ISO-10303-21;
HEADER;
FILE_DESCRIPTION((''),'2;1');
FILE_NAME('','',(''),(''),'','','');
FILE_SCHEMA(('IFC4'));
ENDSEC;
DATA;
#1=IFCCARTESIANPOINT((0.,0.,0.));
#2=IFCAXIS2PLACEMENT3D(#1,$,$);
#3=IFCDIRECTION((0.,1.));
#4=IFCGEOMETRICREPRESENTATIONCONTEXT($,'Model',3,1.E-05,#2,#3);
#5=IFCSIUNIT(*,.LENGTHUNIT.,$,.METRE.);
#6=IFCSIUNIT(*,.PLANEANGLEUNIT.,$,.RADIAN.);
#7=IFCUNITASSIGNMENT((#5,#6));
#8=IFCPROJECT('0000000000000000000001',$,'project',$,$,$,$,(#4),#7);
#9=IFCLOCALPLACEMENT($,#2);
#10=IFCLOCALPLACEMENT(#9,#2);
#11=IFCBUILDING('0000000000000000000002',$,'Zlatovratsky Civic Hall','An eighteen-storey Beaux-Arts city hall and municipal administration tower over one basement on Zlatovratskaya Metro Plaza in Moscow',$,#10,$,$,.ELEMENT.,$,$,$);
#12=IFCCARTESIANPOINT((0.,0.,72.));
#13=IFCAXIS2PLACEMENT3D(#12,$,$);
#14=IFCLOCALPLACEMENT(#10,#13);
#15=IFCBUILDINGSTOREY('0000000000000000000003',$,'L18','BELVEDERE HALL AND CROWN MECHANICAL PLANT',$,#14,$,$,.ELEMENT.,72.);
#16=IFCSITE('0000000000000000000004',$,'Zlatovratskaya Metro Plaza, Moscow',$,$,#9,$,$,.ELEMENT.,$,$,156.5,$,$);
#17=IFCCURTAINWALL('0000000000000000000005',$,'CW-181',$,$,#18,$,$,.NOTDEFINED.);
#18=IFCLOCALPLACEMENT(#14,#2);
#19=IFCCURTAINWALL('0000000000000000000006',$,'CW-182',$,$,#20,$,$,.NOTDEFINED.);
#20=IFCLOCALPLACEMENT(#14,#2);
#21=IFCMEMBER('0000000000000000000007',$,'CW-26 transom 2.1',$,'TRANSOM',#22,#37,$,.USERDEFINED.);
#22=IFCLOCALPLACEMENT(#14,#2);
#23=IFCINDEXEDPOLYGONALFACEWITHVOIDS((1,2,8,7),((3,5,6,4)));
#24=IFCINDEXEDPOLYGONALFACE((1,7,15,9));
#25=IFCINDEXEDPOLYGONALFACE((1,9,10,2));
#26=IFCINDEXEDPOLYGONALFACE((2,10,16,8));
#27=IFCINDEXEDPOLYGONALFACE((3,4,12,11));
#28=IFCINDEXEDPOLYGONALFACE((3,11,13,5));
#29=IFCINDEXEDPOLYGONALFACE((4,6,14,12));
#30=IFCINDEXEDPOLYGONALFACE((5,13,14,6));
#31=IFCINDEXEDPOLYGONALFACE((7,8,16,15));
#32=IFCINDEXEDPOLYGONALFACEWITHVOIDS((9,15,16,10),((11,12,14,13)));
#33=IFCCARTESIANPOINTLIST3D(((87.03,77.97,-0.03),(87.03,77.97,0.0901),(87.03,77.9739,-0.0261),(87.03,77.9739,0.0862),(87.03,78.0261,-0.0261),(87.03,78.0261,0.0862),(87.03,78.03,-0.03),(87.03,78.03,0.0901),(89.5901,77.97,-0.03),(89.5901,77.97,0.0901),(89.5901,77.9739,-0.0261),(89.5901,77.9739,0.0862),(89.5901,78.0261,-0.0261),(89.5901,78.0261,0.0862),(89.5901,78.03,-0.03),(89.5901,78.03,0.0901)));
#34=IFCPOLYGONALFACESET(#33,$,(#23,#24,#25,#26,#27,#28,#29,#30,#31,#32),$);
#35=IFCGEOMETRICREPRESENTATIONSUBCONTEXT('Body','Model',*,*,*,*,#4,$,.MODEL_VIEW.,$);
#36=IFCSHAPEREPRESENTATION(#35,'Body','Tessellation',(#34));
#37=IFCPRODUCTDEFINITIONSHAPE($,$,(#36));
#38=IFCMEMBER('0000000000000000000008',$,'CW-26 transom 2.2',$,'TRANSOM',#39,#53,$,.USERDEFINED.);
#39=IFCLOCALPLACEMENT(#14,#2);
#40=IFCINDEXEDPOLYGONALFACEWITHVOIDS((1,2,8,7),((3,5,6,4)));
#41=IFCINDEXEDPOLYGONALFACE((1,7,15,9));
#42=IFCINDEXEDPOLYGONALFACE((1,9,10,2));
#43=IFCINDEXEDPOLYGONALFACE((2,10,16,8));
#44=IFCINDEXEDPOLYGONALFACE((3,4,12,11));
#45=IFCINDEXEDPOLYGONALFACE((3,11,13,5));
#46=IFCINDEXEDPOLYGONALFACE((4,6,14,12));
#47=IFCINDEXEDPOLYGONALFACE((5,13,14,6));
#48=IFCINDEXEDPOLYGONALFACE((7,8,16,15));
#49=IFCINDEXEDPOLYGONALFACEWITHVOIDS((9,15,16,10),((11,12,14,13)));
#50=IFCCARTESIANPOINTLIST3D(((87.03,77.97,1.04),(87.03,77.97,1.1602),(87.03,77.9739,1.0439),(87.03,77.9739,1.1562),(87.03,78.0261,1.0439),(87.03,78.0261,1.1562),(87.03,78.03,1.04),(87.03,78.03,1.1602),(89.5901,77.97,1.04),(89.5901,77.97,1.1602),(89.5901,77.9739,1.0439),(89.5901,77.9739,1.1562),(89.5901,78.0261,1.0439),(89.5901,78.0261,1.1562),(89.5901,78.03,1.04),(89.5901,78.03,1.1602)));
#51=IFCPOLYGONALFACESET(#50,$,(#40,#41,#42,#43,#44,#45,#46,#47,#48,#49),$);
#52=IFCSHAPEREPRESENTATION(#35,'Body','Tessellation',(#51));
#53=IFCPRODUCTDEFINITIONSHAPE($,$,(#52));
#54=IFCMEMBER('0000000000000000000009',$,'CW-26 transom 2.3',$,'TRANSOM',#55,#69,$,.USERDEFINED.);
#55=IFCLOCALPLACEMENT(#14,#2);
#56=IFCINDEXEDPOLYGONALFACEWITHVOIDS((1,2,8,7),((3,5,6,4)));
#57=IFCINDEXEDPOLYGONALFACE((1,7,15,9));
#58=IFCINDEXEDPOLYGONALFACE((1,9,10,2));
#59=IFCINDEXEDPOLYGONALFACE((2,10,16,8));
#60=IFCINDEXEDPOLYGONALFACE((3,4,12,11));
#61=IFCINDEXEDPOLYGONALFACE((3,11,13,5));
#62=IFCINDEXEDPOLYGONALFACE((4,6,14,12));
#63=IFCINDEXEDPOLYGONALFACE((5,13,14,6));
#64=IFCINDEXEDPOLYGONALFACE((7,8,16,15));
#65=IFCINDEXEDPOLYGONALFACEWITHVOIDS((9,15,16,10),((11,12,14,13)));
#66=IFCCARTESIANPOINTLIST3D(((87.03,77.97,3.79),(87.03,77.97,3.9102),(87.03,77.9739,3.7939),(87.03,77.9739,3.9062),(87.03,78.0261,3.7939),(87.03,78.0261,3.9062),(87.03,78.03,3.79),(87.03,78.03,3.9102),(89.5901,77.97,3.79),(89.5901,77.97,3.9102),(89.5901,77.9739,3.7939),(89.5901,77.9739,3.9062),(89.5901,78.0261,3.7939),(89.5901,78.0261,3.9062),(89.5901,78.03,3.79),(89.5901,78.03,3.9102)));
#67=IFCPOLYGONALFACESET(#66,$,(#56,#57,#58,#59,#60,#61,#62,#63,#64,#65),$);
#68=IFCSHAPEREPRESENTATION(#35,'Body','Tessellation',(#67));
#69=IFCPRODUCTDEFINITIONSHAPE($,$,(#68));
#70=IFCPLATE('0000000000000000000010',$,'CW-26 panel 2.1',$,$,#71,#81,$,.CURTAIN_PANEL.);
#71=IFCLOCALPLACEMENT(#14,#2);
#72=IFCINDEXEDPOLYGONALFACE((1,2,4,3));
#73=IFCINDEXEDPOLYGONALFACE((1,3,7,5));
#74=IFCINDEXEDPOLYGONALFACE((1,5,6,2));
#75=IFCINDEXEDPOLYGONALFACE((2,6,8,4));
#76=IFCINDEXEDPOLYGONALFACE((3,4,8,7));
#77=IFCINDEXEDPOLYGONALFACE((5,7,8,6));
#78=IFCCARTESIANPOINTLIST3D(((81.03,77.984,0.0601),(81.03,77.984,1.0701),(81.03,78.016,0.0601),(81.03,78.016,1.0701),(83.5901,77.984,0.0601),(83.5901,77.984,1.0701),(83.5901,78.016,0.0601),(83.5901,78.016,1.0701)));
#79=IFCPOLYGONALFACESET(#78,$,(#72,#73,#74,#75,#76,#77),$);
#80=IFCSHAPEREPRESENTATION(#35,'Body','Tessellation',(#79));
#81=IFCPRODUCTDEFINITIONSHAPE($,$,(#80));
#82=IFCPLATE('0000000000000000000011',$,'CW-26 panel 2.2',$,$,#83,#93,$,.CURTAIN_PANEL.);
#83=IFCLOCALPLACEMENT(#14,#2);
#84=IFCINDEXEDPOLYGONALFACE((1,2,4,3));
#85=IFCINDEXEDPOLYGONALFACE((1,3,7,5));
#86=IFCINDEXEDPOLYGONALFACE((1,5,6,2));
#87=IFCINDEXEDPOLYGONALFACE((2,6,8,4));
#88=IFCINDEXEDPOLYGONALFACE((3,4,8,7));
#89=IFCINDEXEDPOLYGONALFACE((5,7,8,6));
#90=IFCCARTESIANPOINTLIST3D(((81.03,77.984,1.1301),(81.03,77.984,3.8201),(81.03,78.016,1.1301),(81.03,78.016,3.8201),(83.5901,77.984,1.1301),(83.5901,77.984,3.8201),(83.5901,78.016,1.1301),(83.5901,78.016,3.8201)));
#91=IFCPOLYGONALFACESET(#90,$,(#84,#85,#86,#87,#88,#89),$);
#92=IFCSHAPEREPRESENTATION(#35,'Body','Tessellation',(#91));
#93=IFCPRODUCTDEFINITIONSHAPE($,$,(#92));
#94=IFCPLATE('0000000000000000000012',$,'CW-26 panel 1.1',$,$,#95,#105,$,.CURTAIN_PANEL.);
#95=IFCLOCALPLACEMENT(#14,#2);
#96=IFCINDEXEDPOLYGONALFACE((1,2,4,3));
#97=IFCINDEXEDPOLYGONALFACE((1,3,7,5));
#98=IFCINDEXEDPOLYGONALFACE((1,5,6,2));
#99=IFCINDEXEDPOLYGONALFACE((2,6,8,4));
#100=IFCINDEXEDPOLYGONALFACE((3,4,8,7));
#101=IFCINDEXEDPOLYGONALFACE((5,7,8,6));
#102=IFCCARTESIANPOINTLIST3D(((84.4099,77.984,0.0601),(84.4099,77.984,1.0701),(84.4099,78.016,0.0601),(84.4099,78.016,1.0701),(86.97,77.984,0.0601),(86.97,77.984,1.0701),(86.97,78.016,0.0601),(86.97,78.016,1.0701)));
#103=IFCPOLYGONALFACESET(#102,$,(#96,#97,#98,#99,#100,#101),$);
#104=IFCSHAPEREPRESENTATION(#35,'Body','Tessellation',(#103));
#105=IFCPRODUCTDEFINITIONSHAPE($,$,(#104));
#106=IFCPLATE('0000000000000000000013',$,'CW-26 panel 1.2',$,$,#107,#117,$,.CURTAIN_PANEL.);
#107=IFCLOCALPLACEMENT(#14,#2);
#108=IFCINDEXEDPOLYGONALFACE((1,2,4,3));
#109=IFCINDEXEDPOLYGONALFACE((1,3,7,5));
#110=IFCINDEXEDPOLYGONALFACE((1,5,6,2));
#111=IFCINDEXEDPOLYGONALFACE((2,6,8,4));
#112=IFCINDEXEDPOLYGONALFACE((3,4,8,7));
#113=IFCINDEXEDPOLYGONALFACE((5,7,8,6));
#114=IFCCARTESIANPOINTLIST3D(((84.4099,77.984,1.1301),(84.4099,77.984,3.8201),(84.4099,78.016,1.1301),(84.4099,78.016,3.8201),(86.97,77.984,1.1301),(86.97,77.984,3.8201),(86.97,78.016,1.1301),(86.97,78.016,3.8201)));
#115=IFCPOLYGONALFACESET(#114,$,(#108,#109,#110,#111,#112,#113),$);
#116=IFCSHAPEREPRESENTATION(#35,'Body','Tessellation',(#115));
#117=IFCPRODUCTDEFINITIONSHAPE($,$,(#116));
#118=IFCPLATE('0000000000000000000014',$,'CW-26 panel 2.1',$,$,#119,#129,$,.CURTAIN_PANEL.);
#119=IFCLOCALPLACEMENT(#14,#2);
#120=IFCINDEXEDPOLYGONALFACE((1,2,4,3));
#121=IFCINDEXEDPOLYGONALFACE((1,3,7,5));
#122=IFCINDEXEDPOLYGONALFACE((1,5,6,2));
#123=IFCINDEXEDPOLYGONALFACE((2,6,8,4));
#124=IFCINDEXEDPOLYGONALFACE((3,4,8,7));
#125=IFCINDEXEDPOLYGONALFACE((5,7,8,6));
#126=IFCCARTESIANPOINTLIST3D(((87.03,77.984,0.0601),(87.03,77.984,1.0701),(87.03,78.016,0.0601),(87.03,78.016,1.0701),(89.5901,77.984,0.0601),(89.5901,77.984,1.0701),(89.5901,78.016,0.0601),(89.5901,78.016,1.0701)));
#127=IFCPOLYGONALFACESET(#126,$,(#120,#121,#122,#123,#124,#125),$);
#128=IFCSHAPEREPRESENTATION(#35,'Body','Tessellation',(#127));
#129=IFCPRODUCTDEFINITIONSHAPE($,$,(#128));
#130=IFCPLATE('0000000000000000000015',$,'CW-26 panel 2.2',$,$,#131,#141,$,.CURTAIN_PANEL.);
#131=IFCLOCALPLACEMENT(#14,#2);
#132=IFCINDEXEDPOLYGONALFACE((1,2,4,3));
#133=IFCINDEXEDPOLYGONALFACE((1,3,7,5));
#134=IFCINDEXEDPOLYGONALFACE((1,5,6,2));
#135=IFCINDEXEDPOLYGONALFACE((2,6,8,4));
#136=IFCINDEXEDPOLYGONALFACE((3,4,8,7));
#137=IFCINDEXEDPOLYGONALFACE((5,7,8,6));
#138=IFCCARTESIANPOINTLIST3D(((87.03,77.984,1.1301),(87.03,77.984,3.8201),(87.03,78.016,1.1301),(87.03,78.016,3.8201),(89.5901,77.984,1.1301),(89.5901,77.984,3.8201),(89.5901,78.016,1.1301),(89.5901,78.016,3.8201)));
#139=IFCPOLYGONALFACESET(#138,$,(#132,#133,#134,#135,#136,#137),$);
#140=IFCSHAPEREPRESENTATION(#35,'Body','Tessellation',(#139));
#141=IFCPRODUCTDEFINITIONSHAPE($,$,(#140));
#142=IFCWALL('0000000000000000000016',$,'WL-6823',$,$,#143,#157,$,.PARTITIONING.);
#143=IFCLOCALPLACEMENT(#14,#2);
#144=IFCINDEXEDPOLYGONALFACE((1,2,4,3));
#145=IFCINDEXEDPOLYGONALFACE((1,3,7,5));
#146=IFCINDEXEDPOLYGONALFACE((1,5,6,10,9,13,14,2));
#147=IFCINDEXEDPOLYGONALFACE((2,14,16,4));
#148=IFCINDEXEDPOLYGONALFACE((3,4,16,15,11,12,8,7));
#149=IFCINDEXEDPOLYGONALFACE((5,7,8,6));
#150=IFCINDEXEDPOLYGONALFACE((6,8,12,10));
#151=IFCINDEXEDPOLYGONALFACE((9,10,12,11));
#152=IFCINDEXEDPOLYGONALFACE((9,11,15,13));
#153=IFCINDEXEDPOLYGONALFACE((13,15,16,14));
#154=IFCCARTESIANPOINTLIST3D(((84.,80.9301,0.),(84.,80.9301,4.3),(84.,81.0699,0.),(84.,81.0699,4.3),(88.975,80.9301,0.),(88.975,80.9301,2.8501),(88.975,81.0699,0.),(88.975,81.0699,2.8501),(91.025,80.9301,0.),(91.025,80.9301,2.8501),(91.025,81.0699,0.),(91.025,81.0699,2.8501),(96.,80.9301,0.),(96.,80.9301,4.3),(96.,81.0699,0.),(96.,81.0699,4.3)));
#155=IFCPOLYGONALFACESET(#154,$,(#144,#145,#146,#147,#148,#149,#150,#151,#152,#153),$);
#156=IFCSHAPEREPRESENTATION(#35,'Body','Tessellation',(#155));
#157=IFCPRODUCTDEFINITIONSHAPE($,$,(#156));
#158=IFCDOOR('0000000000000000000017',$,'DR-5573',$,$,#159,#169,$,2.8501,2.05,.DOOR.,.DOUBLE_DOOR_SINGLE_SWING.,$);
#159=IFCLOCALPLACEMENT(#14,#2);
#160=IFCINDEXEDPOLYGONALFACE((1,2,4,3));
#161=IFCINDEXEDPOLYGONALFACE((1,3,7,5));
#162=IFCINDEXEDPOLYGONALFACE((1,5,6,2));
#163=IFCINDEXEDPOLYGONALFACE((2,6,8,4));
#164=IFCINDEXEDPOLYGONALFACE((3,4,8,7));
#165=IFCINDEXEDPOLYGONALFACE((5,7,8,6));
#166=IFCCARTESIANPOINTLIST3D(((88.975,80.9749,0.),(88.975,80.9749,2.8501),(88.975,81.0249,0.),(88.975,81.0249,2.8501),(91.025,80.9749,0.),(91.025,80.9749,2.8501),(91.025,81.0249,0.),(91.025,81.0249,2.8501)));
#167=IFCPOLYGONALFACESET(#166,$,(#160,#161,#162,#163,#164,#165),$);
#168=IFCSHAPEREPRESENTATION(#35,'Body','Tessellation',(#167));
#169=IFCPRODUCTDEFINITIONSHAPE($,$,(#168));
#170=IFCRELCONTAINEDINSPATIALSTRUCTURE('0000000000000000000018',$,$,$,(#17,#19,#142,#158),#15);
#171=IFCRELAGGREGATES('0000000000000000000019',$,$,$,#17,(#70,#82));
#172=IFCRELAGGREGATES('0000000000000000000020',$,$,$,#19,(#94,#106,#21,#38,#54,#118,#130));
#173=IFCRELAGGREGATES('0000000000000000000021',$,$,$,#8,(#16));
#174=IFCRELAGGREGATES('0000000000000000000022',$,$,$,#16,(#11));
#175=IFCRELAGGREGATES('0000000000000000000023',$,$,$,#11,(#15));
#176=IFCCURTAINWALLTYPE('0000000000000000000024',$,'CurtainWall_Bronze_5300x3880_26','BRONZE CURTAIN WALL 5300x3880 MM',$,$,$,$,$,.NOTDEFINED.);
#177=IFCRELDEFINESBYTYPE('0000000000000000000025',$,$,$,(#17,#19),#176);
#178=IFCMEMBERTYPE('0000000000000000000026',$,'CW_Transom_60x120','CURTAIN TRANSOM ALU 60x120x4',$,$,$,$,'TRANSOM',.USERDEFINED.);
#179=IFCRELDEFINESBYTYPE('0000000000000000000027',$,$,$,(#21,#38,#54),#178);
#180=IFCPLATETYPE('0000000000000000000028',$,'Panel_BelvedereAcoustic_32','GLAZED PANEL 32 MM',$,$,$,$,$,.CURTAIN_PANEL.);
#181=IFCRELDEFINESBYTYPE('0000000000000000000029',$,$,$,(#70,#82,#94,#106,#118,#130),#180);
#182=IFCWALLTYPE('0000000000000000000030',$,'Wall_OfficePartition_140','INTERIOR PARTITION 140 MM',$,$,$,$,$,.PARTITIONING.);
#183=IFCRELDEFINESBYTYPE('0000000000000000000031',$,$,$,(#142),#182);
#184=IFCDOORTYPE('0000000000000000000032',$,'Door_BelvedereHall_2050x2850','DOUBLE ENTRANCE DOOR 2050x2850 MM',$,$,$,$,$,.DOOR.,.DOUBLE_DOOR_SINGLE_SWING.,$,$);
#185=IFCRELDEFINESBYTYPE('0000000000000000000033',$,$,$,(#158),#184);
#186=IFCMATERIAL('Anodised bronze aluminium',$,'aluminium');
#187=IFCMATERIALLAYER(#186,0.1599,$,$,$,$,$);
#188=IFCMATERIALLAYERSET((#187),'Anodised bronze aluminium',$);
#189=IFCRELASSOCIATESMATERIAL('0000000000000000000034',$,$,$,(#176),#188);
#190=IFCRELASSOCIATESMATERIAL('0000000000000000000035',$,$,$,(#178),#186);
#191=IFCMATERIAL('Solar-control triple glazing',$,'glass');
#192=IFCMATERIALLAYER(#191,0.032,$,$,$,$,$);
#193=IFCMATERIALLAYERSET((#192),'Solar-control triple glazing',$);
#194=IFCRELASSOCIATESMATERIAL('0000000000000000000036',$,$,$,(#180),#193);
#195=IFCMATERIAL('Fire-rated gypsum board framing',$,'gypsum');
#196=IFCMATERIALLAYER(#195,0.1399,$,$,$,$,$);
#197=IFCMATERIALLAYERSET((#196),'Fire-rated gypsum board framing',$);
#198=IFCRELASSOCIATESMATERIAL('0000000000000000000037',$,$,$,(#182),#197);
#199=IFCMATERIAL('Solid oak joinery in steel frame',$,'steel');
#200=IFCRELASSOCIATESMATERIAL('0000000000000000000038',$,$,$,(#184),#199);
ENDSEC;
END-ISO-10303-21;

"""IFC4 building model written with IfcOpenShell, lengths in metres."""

from ifc_helpers import new_model, si_unit, direction, frame, frame_2d, origin, origin_2d, place, context, subcontext, project, spatial, rectangle, hollow_rectangle, extrude, material, layer, layer_set, material_profile, profile_set, type_object, element, fill, aggregate, save


model = new_model("IFC4")

# Units and contexts
model_context = context("Model", 3, precision=1e-05, world=origin(), true_north=direction((0.0, 1.0)))
body_context = subcontext(model_context, "Body", "Model", "MODEL_VIEW")
ifc_project = project(units=[si_unit("LENGTHUNIT", "METRE"), si_unit("PLANEANGLEUNIT", "RADIAN")], contexts=[model_context])

# Site, building, storey
site_placement = place(None, origin())
site = spatial("IfcSite", under=ifc_project, at=site_placement, Name="Zlatovratskaya Metro Plaza, Moscow", CompositionType="ELEMENT", RefElevation=156.5)
building_placement = place(site_placement, origin())
building = spatial("IfcBuilding", under=site, at=building_placement, Name="Zlatovratsky Civic Hall", Description="An eighteen-storey Beaux-Arts city hall and municipal administration tower over one basement on Zlatovratskaya Metro Plaza in Moscow", CompositionType="ELEMENT")
storey_placement = place(building_placement, frame((0.0, 0.0, 72.0)))
storey = spatial("IfcBuildingStorey", under=building, at=storey_placement, Name="L18", Description="BELVEDERE HALL AND CROWN MECHANICAL PLANT", CompositionType="ELEMENT", Elevation=72.0)

# Curtain wall
ifc_material_1 = material(Name="Anodised bronze aluminium", Category="aluminium")
ifc_layer_1 = layer(ifc_material_1, 0.1599)
ifc_layer_set_1 = layer_set([ifc_layer_1], Name="Anodised bronze aluminium")
curtain_wall_type = type_object("IfcCurtainWallType", Name="CurtainWall_Bronze_5300x3880_26", Description="BRONZE CURTAIN WALL 5300x3880 MM", PredefinedType="NOTDEFINED", material=ifc_layer_set_1)
curtain_wall_1_placement = place(storey_placement, origin())
curtain_wall_1 = element("IfcCurtainWall", 1, at=curtain_wall_1_placement, inside=storey, type_object=curtain_wall_type, Name="CW-181", PredefinedType="NOTDEFINED")

# Curtain wall
curtain_wall_2_placement = place(storey_placement, origin())
curtain_wall_2 = element("IfcCurtainWall", 2, at=curtain_wall_2_placement, inside=storey, type_object=curtain_wall_type, Name="CW-182", PredefinedType="NOTDEFINED")

# Members
ifc_material_profile_1 = material_profile(ifc_material_1, hollow_rectangle(XDim=0.0601, YDim=0.1201, WallThickness=0.0039, at=origin_2d()), Name="ALU 60x120x4")
ifc_profile_set_1 = profile_set([ifc_material_profile_1], Name="Anodised bronze aluminium")
member_type_1 = type_object("IfcMemberType", Name="CW_Transom_60x120", Description="CURTAIN TRANSOM ALU 60x120x4", ElementType="TRANSOM", PredefinedType="USERDEFINED", material=ifc_profile_set_1)
member_1_placement = place(storey_placement, frame((87.03, 78.0, 0.03), z_axis=(1.0, 0.0, 0.0), x_axis=(0.0, 1.0, 0.0)))
member_1 = element("IfcMember", 3, at=member_1_placement, type_object=member_type_1, Name="CW-26 transom 2.1", ObjectType="TRANSOM", PredefinedType="USERDEFINED", context=body_context, shape_type="SweptSolid", body=[
    extrude(hollow_rectangle(XDim=0.0601, YDim=0.1201, WallThickness=0.0039, at=origin_2d()), origin(), (0.0, 0.0, 1.0), 2.5601),
])
member_2_placement = place(storey_placement, frame((87.03, 78.0, 1.1001), z_axis=(1.0, 0.0, 0.0), x_axis=(0.0, 1.0, 0.0)))
member_2 = element("IfcMember", 4, at=member_2_placement, type_object=member_type_1, Name="CW-26 transom 2.2", ObjectType="TRANSOM", PredefinedType="USERDEFINED", context=body_context, shape_type="SweptSolid", body=[
    extrude(hollow_rectangle(XDim=0.0601, YDim=0.1201, WallThickness=0.0039, at=origin_2d()), origin(), (0.0, 0.0, 1.0), 2.5601),
])
member_3_placement = place(storey_placement, frame((87.03, 78.0, 3.8501), z_axis=(1.0, 0.0, 0.0), x_axis=(0.0, 1.0, 0.0)))
member_3 = element("IfcMember", 5, at=member_3_placement, type_object=member_type_1, Name="CW-26 transom 2.3", ObjectType="TRANSOM", PredefinedType="USERDEFINED", context=body_context, shape_type="SweptSolid", body=[
    extrude(hollow_rectangle(XDim=0.0601, YDim=0.1201, WallThickness=0.0039, at=origin_2d()), origin(), (0.0, 0.0, 1.0), 2.5601),
])

# Plates
ifc_material_2 = material(Name="Solar-control triple glazing", Category="glass")
ifc_layer_2 = layer(ifc_material_2, 0.032)
ifc_layer_set_2 = layer_set([ifc_layer_2], Name="Solar-control triple glazing")
plate_type = type_object("IfcPlateType", Name="Panel_BelvedereAcoustic_32", Description="GLAZED PANEL 32 MM", PredefinedType="CURTAIN_PANEL", material=ifc_layer_set_2)
plate_1_placement = place(storey_placement, frame((82.3101, 78.0, 0.0601), z_axis=(0.0, 0.0, 1.0), x_axis=(1.0, 0.0, 0.0)))
plate_1 = element("IfcPlate", 6, at=plate_1_placement, type_object=plate_type, Name="CW-26 panel 2.1", PredefinedType="CURTAIN_PANEL", context=body_context, shape_type="SweptSolid", body=[
    extrude(rectangle(XDim=2.5601, YDim=0.032, at=origin_2d()), origin(), (0.0, 0.0, 1.0), 1.01),
])
plate_2_placement = place(storey_placement, frame((82.3101, 78.0, 1.1301), z_axis=(0.0, 0.0, 1.0), x_axis=(1.0, 0.0, 0.0)))
plate_2 = element("IfcPlate", 7, at=plate_2_placement, type_object=plate_type, Name="CW-26 panel 2.2", PredefinedType="CURTAIN_PANEL", context=body_context, shape_type="SweptSolid", body=[
    extrude(rectangle(XDim=2.5601, YDim=0.032, at=origin_2d()), origin(), (0.0, 0.0, 1.0), 2.6899),
])
aggregate(curtain_wall_1, [plate_1, plate_2])
plate_3_placement = place(storey_placement, frame((85.6899, 78.0, 0.0601), z_axis=(0.0, 0.0, 1.0), x_axis=(1.0, 0.0, 0.0)))
plate_3 = element("IfcPlate", 8, at=plate_3_placement, type_object=plate_type, Name="CW-26 panel 1.1", PredefinedType="CURTAIN_PANEL", context=body_context, shape_type="SweptSolid", body=[
    extrude(rectangle(XDim=2.5601, YDim=0.032, at=origin_2d()), origin(), (0.0, 0.0, 1.0), 1.01),
])
plate_4_placement = place(storey_placement, frame((85.6899, 78.0, 1.1301), z_axis=(0.0, 0.0, 1.0), x_axis=(1.0, 0.0, 0.0)))
plate_4 = element("IfcPlate", 9, at=plate_4_placement, type_object=plate_type, Name="CW-26 panel 1.2", PredefinedType="CURTAIN_PANEL", context=body_context, shape_type="SweptSolid", body=[
    extrude(rectangle(XDim=2.5601, YDim=0.032, at=origin_2d()), origin(), (0.0, 0.0, 1.0), 2.6899),
])
plate_5_placement = place(storey_placement, frame((88.3101, 78.0, 0.0601), z_axis=(0.0, 0.0, 1.0), x_axis=(1.0, 0.0, 0.0)))
plate_5 = element("IfcPlate", 10, at=plate_5_placement, type_object=plate_type, Name="CW-26 panel 2.1", PredefinedType="CURTAIN_PANEL", context=body_context, shape_type="SweptSolid", body=[
    extrude(rectangle(XDim=2.5601, YDim=0.032, at=origin_2d()), origin(), (0.0, 0.0, 1.0), 1.01),
])
plate_6_placement = place(storey_placement, frame((88.3101, 78.0, 1.1301), z_axis=(0.0, 0.0, 1.0), x_axis=(1.0, 0.0, 0.0)))
plate_6 = element("IfcPlate", 11, at=plate_6_placement, type_object=plate_type, Name="CW-26 panel 2.2", PredefinedType="CURTAIN_PANEL", context=body_context, shape_type="SweptSolid", body=[
    extrude(rectangle(XDim=2.5601, YDim=0.032, at=origin_2d()), origin(), (0.0, 0.0, 1.0), 2.6899),
])
aggregate(curtain_wall_2, [plate_3, plate_4, member_1, member_2, member_3, plate_5, plate_6])

# Wall, opening, door
ifc_material_3 = material(Name="Fire-rated gypsum board framing", Category="gypsum")
ifc_layer_3 = layer(ifc_material_3, 0.1399)
ifc_layer_set_3 = layer_set([ifc_layer_3], Name="Fire-rated gypsum board framing")
wall_type_1 = type_object("IfcWallType", Name="Wall_OfficePartition_140", Description="INTERIOR PARTITION 140 MM", PredefinedType="PARTITIONING", material=ifc_layer_set_3)
wall_1_placement = place(storey_placement, frame((84.0, 81.0, 0.0), z_axis=(0.0, 0.0, 1.0), x_axis=(1.0, 0.0, 0.0)))
wall_1 = element("IfcWall", 12, at=wall_1_placement, inside=storey, type_object=wall_type_1, Name="WL-6823", PredefinedType="PARTITIONING", context=body_context, shape_type="SweptSolid", body=[
    extrude(rectangle(XDim=12.0, YDim=0.1399, at=frame_2d((6.0, 0.0))), origin(), (0.0, 0.0, 1.0), 4.3),
])
opening_1_placement = place(wall_1_placement, frame((4.9751, 0.0, 0.0)))
opening_1 = element("IfcOpeningElement", 13, at=opening_1_placement, cuts=wall_1, PredefinedType="OPENING", context=body_context, shape_type="SweptSolid", body=[
    extrude(rectangle(XDim=2.05, YDim=2.8501, at=frame_2d((1.0249, 1.425))), frame((0.0, 0.085, 0.0), z_axis=(0.0, -1.0, 0.0), x_axis=(1.0, 0.0, 0.0)), (0.0, 0.0, 1.0), 0.1697),
])
ifc_material_4 = material(Name="Solid oak joinery in steel frame", Category="steel")
door_type_1 = type_object("IfcDoorType", Name="Door_BelvedereHall_2050x2850", Description="DOUBLE ENTRANCE DOOR 2050x2850 MM", OperationType="DOUBLE_DOOR_SINGLE_SWING", PredefinedType="DOOR", material=ifc_material_4)
door_1_placement = place(opening_1_placement, origin())
door_1 = element("IfcDoor", 14, at=door_1_placement, inside=storey, type_object=door_type_1, Name="DR-5573", OperationType="DOUBLE_DOOR_SINGLE_SWING", OverallHeight=2.8501, OverallWidth=2.05, PredefinedType="DOOR", context=body_context, shape_type="SweptSolid", body=[
    extrude(rectangle(XDim=2.05, YDim=2.8501, at=frame_2d((1.0249, 1.425))), frame((0.0, 0.0249, 0.0), z_axis=(0.0, -1.0, 0.0), x_axis=(1.0, 0.0, 0.0)), (0.0, 0.0, 1.0), 0.05),
])
fill(opening_1, door_1)

save(model, "model.ifc")
